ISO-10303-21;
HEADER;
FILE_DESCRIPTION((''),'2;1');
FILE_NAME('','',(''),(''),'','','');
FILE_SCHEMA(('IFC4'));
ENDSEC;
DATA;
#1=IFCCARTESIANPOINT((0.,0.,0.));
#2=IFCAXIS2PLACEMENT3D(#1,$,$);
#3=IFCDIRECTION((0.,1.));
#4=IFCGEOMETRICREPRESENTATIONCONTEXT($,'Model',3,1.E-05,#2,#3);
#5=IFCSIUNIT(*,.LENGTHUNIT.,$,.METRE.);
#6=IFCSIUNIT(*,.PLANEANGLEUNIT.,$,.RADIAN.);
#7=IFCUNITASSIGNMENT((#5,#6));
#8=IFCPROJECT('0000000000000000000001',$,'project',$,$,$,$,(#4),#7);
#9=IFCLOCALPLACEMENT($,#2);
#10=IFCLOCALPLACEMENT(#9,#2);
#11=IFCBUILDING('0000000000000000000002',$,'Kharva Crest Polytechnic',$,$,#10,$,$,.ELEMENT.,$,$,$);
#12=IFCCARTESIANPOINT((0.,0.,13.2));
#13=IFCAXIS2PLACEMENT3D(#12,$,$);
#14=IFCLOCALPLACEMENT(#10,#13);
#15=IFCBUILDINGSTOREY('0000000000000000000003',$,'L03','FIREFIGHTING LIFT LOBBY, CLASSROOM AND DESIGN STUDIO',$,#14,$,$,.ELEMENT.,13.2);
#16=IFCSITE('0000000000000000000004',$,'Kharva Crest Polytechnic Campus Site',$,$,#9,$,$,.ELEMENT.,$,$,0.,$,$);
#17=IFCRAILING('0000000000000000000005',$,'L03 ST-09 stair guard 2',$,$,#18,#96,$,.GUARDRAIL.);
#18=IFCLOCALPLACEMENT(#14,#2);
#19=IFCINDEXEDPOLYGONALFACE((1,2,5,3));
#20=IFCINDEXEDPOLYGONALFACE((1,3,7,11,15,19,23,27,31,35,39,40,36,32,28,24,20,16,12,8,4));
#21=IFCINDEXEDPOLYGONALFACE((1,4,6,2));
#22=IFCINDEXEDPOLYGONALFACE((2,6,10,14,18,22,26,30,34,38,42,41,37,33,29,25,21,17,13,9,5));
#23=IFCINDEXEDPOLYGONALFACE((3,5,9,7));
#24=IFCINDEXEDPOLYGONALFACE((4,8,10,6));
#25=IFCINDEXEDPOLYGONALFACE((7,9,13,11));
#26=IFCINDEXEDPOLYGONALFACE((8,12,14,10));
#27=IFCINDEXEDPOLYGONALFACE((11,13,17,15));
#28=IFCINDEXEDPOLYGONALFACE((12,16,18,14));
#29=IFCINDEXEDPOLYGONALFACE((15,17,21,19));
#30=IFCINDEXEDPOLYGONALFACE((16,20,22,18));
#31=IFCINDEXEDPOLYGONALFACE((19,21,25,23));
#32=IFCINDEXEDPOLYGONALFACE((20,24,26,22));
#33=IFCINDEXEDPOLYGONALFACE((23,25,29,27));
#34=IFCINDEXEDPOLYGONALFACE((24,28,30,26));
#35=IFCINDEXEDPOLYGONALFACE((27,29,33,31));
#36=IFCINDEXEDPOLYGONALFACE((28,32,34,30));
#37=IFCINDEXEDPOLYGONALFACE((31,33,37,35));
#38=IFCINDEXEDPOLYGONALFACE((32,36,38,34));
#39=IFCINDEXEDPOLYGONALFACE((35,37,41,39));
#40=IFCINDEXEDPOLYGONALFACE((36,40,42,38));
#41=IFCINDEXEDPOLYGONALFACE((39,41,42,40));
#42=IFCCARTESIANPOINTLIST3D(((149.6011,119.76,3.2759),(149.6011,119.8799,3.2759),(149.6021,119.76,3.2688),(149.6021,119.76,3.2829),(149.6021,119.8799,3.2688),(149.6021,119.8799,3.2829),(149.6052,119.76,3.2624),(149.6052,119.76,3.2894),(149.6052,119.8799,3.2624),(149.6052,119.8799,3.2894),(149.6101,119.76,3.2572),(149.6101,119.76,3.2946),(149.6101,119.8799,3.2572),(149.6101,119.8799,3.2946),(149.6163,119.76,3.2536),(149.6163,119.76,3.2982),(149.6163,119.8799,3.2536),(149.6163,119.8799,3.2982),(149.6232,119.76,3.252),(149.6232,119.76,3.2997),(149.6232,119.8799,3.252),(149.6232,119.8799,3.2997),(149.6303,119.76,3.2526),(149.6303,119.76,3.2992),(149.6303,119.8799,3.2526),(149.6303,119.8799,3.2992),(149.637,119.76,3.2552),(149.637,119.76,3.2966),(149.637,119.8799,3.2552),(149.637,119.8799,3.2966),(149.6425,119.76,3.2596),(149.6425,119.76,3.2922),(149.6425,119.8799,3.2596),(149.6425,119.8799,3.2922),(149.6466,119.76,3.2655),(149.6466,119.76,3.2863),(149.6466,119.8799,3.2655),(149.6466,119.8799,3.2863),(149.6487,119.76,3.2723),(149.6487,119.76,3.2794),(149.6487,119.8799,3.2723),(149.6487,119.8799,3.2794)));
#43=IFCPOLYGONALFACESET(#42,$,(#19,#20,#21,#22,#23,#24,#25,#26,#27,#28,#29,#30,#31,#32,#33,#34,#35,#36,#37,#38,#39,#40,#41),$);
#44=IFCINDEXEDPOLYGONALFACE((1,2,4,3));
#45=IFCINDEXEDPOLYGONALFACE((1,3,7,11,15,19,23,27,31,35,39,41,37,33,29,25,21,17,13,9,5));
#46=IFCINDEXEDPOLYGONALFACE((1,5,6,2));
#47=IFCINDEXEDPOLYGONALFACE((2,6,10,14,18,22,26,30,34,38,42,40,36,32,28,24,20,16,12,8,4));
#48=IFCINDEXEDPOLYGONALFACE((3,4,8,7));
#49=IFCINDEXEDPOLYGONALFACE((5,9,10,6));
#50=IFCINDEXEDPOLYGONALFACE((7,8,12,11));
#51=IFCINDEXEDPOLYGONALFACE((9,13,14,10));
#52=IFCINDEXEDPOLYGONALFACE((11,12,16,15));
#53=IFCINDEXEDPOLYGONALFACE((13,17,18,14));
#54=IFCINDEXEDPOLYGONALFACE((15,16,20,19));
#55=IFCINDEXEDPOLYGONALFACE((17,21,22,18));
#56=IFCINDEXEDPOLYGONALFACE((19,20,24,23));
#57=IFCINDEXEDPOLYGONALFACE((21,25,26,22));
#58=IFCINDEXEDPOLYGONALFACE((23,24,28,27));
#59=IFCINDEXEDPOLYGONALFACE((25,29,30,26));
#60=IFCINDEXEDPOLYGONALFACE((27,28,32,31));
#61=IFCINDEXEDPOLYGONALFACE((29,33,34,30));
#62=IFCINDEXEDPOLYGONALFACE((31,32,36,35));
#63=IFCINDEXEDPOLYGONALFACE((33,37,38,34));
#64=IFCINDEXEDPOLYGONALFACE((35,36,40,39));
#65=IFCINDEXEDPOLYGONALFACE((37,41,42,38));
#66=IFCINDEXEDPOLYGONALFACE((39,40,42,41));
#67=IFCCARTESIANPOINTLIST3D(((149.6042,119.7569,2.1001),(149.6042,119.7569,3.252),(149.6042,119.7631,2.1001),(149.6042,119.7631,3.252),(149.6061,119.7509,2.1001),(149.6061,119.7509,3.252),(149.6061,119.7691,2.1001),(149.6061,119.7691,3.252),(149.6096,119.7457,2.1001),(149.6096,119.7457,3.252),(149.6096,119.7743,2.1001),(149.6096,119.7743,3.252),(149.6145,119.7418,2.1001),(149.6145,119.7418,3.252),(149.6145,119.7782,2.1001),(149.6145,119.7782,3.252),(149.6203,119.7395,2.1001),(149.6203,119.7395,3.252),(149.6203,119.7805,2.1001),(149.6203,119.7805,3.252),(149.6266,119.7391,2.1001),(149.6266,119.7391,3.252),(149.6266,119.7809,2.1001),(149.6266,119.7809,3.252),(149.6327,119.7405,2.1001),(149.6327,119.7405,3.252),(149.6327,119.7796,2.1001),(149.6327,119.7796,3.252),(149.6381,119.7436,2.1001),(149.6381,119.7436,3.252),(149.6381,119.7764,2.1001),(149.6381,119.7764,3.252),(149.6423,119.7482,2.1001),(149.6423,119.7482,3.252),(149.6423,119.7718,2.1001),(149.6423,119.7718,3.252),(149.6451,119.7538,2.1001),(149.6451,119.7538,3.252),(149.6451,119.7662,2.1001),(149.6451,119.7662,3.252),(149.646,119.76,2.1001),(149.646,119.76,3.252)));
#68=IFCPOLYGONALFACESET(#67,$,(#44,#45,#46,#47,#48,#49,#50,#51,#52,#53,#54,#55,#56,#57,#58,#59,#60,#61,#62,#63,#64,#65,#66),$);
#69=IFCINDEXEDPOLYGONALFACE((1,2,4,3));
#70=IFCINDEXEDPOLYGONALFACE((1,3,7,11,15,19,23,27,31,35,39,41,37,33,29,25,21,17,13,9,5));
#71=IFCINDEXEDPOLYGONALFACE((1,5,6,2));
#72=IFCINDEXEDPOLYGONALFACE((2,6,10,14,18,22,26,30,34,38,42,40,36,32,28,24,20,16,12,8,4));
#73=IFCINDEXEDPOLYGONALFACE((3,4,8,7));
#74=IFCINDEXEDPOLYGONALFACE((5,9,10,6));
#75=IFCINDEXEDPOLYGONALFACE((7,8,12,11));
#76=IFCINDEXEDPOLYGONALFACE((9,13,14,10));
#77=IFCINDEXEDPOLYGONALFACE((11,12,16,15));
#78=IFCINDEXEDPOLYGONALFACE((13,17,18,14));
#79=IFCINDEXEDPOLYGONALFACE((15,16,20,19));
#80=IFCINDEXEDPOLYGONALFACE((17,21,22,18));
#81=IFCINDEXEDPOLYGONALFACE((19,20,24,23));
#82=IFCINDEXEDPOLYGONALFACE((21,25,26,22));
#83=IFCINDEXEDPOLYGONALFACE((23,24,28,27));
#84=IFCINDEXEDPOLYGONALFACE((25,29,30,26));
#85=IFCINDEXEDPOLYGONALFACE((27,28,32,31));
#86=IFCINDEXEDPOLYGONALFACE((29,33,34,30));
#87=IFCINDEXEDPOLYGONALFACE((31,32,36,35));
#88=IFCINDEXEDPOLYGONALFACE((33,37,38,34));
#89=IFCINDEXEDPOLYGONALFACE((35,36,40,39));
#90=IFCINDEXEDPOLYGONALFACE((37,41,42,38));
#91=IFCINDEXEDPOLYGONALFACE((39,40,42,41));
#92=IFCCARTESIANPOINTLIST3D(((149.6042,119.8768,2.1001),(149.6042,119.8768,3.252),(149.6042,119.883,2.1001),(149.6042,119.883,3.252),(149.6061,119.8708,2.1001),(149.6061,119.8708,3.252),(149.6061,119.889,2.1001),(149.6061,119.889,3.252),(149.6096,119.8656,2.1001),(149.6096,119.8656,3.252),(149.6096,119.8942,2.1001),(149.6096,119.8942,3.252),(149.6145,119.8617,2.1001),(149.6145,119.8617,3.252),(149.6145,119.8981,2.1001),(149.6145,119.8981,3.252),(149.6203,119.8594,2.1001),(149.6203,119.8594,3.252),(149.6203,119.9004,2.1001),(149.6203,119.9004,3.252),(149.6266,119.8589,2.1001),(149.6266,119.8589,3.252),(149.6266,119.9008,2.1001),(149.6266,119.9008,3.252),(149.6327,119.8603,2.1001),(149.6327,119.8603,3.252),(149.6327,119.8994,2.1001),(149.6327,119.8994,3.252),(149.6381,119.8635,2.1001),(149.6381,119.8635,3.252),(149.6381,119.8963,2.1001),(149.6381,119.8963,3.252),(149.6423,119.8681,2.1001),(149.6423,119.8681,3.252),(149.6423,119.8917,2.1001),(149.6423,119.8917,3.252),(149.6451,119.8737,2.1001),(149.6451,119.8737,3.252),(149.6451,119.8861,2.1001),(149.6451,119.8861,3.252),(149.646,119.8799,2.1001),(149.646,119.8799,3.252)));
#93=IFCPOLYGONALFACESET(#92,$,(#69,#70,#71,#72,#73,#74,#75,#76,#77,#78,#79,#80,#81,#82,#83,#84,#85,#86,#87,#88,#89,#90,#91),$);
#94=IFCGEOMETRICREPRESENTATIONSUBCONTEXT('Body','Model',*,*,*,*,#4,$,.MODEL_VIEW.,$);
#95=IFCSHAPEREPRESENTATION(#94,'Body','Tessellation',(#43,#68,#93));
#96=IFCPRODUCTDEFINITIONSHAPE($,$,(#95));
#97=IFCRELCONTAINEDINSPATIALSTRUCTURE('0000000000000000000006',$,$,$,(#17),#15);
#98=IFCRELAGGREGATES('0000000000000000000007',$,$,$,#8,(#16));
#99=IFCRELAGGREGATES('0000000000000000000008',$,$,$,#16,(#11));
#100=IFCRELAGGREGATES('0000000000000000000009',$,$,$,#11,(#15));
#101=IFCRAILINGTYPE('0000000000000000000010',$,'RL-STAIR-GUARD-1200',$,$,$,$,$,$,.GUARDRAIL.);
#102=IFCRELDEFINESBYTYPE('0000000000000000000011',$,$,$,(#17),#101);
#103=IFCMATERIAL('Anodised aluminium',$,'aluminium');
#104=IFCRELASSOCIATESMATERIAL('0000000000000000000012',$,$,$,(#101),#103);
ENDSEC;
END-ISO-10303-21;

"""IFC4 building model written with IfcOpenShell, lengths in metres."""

from ifc_helpers import new_model, si_unit, direction, frame, origin, origin_2d, place, context, subcontext, project, spatial, circle, extrude, material, type_object, element, save


model = new_model("IFC4")

# Units and contexts
model_context = context("Model", 3, precision=1e-05, world=origin(), true_north=direction((0.0, 1.0)))
body_context = subcontext(model_context, "Body", "Model", "MODEL_VIEW")
ifc_project = project(units=[si_unit("LENGTHUNIT", "METRE"), si_unit("PLANEANGLEUNIT", "RADIAN")], contexts=[model_context])

# Site, building, storey
site_placement = place(None, origin())
site = spatial("IfcSite", under=ifc_project, at=site_placement, Name="Kharva Crest Polytechnic Campus Site", CompositionType="ELEMENT", RefElevation=0.0)
building_placement = place(site_placement, origin())
building = spatial("IfcBuilding", under=site, at=building_placement, Name="Kharva Crest Polytechnic", CompositionType="ELEMENT")
storey_placement = place(building_placement, frame((0.0, 0.0, 13.2)))
storey = spatial("IfcBuildingStorey", under=building, at=storey_placement, Name="L03", Description="FIREFIGHTING LIFT LOBBY, CLASSROOM AND DESIGN STUDIO", CompositionType="ELEMENT", Elevation=13.2)

# Railing
ifc_material_1 = material(Name="Anodised aluminium", Category="aluminium")
railing_type_1 = type_object("IfcRailingType", Name="RL-STAIR-GUARD-1200", PredefinedType="GUARDRAIL", material=ifc_material_1)
railing_1_placement = place(storey_placement, frame((149.625, 119.76, 2.1001)))
element("IfcRailing", 1, at=railing_1_placement, inside=storey, type_object=railing_type_1, Name="L03 ST-09 stair guard 2", PredefinedType="GUARDRAIL", context=body_context, shape_type="SweptSolid", body=[
    extrude(circle(Radius=0.0239, at=origin_2d()), frame((0.0, 0.0, 1.1758), z_axis=(0.0, 1.0, 0.0), x_axis=(-1.0, 0.0, 0.0)), (0.0, 0.0, 1.0), 0.1199),
    extrude(circle(Radius=0.021, at=origin_2d()), origin(), (0.0, 0.0, 1.0), 1.1519),
    extrude(circle(Radius=0.021, at=origin_2d()), frame((0.0, 0.1199, 0.0)), (0.0, 0.0, 1.0), 1.1519),
])

save(model, "model.ifc")
